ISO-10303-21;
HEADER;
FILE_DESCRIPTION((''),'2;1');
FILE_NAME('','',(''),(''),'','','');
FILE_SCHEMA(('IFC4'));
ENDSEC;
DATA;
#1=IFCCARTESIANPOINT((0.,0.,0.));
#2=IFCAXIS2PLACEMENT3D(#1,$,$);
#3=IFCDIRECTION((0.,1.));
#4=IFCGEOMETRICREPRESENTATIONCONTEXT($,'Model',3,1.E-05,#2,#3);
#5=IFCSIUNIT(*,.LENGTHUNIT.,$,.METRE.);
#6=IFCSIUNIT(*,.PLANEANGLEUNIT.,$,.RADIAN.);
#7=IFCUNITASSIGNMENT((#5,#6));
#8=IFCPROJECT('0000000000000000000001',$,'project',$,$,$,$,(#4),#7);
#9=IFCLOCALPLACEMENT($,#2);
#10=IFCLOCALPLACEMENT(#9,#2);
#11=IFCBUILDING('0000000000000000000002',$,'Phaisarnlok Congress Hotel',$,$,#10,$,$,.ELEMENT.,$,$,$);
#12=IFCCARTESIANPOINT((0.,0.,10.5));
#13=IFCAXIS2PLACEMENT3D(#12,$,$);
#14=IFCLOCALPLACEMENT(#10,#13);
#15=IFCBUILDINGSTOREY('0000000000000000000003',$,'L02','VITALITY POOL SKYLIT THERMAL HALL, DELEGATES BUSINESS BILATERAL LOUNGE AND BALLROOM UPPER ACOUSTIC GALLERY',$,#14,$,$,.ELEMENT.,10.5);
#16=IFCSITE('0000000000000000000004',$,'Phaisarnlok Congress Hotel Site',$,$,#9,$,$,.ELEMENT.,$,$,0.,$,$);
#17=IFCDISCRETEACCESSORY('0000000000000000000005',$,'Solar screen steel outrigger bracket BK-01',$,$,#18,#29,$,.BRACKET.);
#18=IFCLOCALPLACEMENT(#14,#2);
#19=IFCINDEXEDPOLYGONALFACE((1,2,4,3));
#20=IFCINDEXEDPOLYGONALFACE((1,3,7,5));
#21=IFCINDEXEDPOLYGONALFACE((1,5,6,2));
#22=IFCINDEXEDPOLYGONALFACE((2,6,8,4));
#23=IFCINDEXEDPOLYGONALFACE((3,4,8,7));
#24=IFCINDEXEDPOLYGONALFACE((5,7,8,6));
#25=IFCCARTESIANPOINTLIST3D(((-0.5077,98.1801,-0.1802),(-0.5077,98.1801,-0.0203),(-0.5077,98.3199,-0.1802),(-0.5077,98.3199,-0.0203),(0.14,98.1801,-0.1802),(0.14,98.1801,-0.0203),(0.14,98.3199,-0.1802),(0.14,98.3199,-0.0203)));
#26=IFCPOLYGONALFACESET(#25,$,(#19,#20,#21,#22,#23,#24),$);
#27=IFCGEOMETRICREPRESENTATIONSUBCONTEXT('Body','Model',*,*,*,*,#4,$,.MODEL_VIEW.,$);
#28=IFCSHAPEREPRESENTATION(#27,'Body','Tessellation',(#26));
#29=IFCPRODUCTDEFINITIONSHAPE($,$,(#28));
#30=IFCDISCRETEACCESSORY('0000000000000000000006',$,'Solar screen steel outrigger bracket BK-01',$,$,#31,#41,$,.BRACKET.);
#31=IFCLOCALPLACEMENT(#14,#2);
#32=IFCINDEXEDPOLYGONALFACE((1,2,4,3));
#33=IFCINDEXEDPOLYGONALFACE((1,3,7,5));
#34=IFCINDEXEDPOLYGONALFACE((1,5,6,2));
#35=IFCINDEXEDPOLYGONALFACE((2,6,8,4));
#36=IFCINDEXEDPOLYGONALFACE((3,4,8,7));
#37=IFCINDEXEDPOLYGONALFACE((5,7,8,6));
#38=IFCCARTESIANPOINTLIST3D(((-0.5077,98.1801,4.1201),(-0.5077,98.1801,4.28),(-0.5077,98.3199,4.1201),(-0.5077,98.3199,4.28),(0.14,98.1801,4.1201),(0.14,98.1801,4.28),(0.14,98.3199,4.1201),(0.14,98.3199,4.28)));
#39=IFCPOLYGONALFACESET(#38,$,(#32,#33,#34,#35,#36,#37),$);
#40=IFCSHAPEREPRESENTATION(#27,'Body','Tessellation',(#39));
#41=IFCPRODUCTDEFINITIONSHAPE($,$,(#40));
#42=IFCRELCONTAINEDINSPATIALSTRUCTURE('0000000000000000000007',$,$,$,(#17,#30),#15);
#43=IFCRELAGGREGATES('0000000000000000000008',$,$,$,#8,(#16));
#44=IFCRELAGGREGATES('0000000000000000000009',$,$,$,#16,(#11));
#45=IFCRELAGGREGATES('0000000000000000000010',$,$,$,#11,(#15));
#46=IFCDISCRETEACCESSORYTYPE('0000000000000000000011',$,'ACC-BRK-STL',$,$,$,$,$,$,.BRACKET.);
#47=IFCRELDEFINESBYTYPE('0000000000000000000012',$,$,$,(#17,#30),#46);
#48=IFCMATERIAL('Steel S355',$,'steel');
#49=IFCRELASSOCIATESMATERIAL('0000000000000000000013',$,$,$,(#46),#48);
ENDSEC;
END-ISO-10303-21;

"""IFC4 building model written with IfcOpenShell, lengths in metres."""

from ifc_helpers import new_model, si_unit, direction, frame, origin, origin_2d, place, context, subcontext, project, spatial, rectangle, extrude, material, type_object, element, save


model = new_model("IFC4")

# Units and contexts
model_context = context("Model", 3, precision=1e-05, world=origin(), true_north=direction((0.0, 1.0)))
body_context = subcontext(model_context, "Body", "Model", "MODEL_VIEW")
ifc_project = project(units=[si_unit("LENGTHUNIT", "METRE"), si_unit("PLANEANGLEUNIT", "RADIAN")], contexts=[model_context])

# Site, building, storey
site_placement = place(None, origin())
site = spatial("IfcSite", under=ifc_project, at=site_placement, Name="Phaisarnlok Congress Hotel Site", CompositionType="ELEMENT", RefElevation=0.0)
building_placement = place(site_placement, origin())
building = spatial("IfcBuilding", under=site, at=building_placement, Name="Phaisarnlok Congress Hotel", CompositionType="ELEMENT")
storey_placement = place(building_placement, frame((0.0, 0.0, 10.5)))
storey = spatial("IfcBuildingStorey", under=building, at=storey_placement, Name="L02", Description="VITALITY POOL SKYLIT THERMAL HALL, DELEGATES BUSINESS BILATERAL LOUNGE AND BALLROOM UPPER ACOUSTIC GALLERY", CompositionType="ELEMENT", Elevation=10.5)

# Shared definitions
ifc_material_1 = material(Name="Steel S355", Category="steel")

# Discrete accessories
discrete_accessory_type = type_object("IfcDiscreteAccessoryType", Name="ACC-BRK-STL", PredefinedType="BRACKET", material=ifc_material_1)
for number, where, z_axis, x_axis, name in (
    (1, (-0.1838, 98.25, -0.1802), (0.0, 0.0, 1.0), (1.0, 0.0, 0.0), "Solar screen steel outrigger bracket BK-01"),
    (2, (-0.1838, 98.25, 4.1201), (0.0, 0.0, 1.0), (1.0, 0.0, 0.0), "Solar screen steel outrigger bracket BK-01"),
):
    element("IfcDiscreteAccessory", number, at=place(storey_placement, frame(where, z_axis=z_axis, x_axis=x_axis)), inside=storey, type_object=discrete_accessory_type, Name=name, PredefinedType="BRACKET", context=body_context, shape_type="SweptSolid", body=[
        extrude(rectangle(XDim=0.6477, YDim=0.1399, at=origin_2d()), origin(), (0.0, 0.0, 1.0), 0.1599),
    ])

save(model, "model.ifc")
